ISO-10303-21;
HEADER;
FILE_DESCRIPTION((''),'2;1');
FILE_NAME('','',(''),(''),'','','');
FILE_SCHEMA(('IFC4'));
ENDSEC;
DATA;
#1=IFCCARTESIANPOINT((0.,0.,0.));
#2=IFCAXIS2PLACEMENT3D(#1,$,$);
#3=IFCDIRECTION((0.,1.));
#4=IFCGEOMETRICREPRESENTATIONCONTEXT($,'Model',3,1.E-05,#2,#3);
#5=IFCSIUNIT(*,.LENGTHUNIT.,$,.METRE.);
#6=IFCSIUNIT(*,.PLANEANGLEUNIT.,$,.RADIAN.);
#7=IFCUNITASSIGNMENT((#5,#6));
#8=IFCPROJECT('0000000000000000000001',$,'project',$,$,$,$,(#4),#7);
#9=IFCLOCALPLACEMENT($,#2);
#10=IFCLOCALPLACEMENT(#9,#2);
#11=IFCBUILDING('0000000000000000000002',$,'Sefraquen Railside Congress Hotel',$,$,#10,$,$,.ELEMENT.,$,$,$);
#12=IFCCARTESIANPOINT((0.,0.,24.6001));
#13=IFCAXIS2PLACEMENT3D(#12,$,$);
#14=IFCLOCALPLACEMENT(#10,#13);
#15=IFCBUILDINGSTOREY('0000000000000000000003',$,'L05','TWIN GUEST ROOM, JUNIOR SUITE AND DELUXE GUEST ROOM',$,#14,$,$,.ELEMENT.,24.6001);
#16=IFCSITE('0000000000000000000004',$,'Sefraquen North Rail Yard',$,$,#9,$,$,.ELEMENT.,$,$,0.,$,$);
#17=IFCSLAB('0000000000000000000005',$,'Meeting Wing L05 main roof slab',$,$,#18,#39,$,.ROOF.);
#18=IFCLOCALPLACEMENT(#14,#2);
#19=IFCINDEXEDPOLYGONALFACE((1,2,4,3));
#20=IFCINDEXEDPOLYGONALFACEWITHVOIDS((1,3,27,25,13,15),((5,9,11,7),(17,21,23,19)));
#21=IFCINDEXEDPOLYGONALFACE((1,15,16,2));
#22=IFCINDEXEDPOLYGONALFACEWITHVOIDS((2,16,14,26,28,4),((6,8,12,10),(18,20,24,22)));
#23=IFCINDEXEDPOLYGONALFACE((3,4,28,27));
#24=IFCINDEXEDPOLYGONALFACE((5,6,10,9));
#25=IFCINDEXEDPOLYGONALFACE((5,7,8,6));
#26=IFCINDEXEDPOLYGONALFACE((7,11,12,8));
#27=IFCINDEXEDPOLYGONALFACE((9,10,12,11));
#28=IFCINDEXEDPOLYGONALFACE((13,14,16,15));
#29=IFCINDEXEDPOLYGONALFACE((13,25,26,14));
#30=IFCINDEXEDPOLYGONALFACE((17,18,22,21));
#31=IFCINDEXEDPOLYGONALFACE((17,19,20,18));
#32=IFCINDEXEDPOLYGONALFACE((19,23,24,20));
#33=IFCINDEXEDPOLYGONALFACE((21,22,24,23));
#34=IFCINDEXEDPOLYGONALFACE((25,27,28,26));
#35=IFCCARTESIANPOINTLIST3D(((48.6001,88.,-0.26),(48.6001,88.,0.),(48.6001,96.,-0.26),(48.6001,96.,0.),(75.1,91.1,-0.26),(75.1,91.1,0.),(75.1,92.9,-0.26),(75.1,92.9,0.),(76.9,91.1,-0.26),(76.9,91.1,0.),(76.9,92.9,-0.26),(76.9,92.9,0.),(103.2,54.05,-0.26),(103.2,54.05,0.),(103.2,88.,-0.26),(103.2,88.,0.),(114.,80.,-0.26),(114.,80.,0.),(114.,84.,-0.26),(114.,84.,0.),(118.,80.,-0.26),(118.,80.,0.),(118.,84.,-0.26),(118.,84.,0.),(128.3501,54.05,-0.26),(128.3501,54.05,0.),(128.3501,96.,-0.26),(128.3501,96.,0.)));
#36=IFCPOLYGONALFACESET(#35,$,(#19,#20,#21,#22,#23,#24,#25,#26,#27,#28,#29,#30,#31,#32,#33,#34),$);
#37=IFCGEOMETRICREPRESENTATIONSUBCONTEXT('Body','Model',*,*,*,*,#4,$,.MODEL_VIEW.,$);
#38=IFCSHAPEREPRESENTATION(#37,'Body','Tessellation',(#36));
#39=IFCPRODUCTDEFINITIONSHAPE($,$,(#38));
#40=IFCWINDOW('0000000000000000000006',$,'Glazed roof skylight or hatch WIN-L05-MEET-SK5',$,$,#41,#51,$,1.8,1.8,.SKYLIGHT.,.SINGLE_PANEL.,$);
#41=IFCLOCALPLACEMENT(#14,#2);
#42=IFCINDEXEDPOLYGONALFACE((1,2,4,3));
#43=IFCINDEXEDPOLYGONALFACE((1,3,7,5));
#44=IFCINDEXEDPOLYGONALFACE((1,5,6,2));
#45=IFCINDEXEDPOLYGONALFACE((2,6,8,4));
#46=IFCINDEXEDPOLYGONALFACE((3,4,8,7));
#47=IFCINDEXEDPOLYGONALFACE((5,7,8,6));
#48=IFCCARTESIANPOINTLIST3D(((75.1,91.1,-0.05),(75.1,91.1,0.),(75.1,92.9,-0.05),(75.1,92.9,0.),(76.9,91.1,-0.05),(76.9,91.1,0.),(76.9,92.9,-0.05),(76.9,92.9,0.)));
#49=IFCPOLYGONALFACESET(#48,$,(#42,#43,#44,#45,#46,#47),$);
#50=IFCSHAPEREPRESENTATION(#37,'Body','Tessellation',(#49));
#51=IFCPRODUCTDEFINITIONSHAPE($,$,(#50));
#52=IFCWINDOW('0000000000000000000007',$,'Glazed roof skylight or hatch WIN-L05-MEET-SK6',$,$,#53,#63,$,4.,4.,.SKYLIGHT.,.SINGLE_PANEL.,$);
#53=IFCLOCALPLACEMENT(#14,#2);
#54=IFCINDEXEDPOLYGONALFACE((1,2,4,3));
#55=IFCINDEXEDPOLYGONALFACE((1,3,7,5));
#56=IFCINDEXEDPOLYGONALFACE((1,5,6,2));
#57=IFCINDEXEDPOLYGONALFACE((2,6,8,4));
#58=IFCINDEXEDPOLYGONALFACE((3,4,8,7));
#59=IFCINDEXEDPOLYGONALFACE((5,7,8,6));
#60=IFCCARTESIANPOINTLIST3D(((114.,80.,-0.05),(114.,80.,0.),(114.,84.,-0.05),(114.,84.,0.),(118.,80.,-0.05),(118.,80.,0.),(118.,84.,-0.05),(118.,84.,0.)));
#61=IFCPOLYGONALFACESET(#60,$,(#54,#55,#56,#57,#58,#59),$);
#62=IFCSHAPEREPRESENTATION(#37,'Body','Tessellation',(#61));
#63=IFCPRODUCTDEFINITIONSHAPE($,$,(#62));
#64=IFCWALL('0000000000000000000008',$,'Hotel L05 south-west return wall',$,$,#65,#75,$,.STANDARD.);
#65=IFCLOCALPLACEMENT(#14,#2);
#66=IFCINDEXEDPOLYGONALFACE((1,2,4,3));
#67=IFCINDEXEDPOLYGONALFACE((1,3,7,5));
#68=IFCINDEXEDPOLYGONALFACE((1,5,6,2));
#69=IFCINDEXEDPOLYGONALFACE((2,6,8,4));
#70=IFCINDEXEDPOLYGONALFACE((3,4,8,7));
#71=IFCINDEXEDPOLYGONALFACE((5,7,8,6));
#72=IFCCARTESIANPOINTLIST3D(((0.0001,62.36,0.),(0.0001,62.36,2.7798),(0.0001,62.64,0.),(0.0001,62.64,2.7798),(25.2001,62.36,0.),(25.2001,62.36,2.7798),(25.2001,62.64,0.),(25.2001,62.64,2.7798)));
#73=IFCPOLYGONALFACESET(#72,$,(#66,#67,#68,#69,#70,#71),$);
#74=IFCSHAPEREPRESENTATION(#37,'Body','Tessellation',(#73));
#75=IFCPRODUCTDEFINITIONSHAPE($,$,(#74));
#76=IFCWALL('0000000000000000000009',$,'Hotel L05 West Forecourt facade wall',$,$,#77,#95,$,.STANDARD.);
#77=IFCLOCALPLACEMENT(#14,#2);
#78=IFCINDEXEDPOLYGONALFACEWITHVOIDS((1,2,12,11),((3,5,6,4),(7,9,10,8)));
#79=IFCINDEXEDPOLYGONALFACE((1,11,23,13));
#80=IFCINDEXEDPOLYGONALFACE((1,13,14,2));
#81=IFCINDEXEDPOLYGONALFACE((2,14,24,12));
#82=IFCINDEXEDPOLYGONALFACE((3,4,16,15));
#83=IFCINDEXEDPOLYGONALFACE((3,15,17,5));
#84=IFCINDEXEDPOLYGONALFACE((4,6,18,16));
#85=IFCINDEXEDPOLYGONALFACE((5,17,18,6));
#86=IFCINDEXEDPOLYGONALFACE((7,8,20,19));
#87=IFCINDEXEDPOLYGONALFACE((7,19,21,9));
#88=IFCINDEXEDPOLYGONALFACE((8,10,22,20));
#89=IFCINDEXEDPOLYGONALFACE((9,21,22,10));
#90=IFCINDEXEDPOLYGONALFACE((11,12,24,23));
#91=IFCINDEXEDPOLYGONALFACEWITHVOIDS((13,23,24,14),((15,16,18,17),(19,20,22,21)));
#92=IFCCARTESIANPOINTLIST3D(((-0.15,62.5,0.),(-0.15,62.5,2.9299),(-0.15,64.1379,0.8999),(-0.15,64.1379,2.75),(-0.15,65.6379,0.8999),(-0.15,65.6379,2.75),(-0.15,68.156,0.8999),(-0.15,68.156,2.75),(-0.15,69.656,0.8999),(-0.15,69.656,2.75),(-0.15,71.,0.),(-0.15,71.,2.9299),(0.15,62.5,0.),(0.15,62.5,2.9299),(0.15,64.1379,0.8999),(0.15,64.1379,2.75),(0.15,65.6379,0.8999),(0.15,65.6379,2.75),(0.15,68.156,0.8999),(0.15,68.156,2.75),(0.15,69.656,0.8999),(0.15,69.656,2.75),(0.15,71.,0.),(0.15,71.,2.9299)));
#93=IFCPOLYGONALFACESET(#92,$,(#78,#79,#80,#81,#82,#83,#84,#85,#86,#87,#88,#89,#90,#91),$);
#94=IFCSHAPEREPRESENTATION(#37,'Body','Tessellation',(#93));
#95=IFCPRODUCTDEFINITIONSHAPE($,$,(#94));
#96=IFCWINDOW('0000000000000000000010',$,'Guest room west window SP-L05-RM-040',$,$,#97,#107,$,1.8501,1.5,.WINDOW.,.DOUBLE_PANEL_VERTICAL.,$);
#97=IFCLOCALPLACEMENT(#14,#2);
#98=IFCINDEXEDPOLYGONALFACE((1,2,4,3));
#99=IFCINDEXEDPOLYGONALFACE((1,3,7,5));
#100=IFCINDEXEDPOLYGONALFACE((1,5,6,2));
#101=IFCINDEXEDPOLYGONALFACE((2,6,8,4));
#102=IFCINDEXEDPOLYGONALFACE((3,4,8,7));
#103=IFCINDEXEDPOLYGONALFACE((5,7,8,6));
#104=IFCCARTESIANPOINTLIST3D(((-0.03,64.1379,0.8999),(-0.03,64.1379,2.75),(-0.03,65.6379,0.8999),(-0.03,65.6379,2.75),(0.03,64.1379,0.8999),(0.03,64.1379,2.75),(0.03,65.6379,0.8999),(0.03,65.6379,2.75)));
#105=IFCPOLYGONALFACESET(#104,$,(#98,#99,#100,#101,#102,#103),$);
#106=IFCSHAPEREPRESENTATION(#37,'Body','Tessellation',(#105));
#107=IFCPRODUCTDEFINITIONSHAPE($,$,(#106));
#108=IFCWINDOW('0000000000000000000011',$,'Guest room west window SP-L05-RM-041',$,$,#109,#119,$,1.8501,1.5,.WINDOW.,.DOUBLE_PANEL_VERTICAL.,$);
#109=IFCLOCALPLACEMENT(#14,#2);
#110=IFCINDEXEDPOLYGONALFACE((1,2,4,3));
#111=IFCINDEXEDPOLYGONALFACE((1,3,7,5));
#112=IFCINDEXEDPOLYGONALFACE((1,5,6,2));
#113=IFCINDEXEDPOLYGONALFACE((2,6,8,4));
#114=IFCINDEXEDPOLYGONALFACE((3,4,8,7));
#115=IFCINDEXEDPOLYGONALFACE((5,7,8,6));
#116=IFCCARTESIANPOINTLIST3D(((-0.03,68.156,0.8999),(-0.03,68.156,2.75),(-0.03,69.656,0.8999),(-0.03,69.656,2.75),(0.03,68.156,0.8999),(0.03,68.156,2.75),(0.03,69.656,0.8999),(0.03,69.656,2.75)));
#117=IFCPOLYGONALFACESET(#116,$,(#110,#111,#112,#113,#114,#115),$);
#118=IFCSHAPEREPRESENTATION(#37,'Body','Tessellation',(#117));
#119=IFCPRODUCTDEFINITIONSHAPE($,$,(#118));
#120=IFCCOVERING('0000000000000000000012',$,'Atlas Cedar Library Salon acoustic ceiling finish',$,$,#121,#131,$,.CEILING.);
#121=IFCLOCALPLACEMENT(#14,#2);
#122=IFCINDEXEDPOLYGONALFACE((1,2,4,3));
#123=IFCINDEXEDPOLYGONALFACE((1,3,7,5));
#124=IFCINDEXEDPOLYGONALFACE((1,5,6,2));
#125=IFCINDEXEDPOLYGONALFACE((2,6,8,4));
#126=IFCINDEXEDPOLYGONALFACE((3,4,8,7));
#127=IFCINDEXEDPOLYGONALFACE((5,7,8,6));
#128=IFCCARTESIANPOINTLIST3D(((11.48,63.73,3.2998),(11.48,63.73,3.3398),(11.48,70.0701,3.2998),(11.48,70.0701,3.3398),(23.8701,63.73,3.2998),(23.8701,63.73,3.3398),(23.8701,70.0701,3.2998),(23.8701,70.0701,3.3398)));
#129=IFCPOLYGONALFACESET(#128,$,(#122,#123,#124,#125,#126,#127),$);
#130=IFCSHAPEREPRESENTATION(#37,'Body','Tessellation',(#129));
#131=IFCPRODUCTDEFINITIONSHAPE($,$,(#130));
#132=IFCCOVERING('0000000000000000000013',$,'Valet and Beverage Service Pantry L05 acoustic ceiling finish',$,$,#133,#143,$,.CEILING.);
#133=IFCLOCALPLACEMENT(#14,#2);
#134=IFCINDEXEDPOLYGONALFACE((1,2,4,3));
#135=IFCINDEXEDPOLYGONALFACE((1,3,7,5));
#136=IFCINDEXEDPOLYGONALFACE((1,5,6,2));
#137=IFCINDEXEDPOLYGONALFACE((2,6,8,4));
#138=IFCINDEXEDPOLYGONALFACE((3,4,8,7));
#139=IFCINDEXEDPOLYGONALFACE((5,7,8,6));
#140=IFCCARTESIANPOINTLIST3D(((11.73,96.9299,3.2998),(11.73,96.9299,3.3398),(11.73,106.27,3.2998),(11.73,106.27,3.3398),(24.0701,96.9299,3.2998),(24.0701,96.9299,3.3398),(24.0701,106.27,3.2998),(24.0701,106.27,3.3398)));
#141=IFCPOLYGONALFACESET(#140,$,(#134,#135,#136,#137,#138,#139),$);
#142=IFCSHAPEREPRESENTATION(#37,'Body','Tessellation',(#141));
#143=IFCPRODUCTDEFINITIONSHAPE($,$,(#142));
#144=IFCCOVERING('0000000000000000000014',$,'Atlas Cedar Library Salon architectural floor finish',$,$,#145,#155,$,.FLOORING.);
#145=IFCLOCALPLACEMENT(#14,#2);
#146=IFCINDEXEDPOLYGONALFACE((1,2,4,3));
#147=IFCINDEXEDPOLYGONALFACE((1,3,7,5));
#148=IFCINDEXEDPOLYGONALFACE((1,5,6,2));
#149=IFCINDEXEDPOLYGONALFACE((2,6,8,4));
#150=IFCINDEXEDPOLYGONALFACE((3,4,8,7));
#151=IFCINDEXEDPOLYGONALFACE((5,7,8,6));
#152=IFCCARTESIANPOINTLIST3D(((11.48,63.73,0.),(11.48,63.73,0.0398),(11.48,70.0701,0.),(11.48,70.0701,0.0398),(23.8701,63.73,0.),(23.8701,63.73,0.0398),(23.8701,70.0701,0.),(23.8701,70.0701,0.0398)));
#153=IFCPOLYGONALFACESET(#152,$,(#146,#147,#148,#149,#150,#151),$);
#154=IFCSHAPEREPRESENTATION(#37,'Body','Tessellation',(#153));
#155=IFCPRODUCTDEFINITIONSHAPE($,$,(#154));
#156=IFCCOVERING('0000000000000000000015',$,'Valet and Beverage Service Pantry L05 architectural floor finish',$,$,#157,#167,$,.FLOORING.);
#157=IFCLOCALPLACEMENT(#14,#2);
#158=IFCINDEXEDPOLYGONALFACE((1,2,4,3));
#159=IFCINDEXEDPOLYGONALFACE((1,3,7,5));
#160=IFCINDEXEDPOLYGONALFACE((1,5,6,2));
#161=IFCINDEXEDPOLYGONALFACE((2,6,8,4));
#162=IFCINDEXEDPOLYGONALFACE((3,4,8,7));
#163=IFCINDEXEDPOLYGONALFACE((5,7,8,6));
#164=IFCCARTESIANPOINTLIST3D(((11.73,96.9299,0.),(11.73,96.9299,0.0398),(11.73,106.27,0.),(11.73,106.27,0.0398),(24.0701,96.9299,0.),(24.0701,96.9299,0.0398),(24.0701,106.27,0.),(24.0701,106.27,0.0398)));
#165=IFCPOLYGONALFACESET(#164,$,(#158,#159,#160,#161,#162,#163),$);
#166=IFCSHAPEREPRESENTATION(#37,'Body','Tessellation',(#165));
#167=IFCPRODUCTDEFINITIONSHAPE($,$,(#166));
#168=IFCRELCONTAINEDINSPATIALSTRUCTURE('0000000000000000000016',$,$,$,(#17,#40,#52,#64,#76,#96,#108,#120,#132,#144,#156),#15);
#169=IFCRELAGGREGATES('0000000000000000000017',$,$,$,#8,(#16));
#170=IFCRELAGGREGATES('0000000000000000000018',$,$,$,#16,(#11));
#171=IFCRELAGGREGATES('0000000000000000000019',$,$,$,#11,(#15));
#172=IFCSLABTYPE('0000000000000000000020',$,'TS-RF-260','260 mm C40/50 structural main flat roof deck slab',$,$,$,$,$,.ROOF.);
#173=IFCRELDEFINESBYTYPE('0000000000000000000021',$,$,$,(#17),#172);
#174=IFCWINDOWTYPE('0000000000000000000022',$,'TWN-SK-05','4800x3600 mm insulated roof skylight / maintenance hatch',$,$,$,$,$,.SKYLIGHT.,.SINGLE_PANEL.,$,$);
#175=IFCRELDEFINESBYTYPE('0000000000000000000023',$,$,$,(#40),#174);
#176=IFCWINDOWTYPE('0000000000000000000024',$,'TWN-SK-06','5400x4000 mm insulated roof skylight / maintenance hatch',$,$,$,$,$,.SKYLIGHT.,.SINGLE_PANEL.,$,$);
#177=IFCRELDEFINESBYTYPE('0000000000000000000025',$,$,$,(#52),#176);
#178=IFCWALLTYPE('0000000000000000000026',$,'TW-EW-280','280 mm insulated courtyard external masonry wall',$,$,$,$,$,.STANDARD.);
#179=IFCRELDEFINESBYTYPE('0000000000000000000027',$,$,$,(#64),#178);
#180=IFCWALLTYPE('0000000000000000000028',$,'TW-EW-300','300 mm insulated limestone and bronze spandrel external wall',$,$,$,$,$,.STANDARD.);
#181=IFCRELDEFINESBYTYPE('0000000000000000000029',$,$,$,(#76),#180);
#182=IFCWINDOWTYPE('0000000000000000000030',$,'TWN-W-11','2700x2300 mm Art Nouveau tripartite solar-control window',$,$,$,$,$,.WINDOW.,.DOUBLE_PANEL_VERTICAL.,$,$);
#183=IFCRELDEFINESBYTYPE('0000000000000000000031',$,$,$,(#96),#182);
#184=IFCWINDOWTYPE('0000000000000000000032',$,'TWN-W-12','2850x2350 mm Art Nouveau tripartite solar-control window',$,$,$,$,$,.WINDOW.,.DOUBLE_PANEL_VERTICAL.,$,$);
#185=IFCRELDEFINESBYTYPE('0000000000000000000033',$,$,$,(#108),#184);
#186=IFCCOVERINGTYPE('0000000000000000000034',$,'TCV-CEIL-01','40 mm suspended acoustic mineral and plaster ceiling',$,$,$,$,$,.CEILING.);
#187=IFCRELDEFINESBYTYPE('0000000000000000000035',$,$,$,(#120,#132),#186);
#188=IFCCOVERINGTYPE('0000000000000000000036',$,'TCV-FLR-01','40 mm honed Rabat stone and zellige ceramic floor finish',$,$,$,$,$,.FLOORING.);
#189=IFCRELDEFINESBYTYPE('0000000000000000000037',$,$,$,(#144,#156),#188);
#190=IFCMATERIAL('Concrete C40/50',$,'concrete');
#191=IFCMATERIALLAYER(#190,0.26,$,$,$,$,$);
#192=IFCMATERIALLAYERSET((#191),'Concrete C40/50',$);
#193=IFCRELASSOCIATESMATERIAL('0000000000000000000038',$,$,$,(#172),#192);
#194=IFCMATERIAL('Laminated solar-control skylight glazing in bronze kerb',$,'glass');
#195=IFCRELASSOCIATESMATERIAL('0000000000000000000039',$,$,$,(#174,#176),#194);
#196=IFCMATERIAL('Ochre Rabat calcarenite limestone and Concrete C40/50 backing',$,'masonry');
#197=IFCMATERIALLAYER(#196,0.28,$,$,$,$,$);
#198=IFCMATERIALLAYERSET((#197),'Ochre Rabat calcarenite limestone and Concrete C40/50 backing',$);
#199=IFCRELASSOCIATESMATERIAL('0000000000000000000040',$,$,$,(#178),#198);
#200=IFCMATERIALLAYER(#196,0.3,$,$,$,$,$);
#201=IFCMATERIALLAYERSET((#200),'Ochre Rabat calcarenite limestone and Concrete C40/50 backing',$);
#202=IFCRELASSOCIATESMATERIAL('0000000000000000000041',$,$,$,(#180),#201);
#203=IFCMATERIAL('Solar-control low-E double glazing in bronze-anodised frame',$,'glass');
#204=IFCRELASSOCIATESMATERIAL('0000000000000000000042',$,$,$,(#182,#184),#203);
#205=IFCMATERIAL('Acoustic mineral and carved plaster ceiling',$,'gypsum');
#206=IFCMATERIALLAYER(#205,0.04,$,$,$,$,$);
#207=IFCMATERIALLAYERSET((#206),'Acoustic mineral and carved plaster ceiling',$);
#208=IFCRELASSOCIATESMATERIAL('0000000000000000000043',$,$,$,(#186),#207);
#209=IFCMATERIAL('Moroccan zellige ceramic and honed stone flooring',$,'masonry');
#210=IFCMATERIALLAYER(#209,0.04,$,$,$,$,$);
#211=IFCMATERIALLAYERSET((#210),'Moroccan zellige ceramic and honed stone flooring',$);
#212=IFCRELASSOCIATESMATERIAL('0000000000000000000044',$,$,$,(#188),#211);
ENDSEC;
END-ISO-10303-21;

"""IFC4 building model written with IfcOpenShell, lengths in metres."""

from ifc_helpers import new_model, si_unit, direction, frame, frame_2d, origin, origin_2d, place, context, subcontext, project, spatial, polyline, rectangle, outline, extrude, material, layer, layer_set, type_object, element, fill, save


model = new_model("IFC4")

# Units and contexts
model_context = context("Model", 3, precision=1e-05, world=origin(), true_north=direction((0.0, 1.0)))
body_context = subcontext(model_context, "Body", "Model", "MODEL_VIEW")
ifc_project = project(units=[si_unit("LENGTHUNIT", "METRE"), si_unit("PLANEANGLEUNIT", "RADIAN")], contexts=[model_context])

# Site, building, storey
site_placement = place(None, origin())
site = spatial("IfcSite", under=ifc_project, at=site_placement, Name="Sefraquen North Rail Yard", CompositionType="ELEMENT", RefElevation=0.0)
building_placement = place(site_placement, origin())
building = spatial("IfcBuilding", under=site, at=building_placement, Name="Sefraquen Railside Congress Hotel", CompositionType="ELEMENT")
storey_placement = place(building_placement, frame((0.0, 0.0, 24.6001)))
storey = spatial("IfcBuildingStorey", under=building, at=storey_placement, Name="L05", Description="TWIN GUEST ROOM, JUNIOR SUITE AND DELUXE GUEST ROOM", CompositionType="ELEMENT", Elevation=24.6001)

# Shared definitions
ifc_material_1 = material(Name="Concrete C40/50", Category="concrete")

# Slab, openings, windows
ifc_layer_1 = layer(ifc_material_1, 0.26)
ifc_layer_set_1 = layer_set([ifc_layer_1], Name="Concrete C40/50")
slab_type_1 = type_object("IfcSlabType", Name="TS-RF-260", Description="260 mm C40/50 structural main flat roof deck slab", PredefinedType="ROOF", material=ifc_layer_set_1)
slab_1_placement = place(storey_placement, frame((0.0, 0.0, -0.26)))
slab_1 = element("IfcSlab", 1, at=slab_1_placement, inside=storey, type_object=slab_type_1, Name="Meeting Wing L05 main roof slab", PredefinedType="ROOF", context=body_context, shape_type="SweptSolid", body=[
    extrude(outline(polyline([(48.6001, 88.0), (103.2, 88.0), (103.2, 54.05), (128.3501, 54.05), (128.3501, 96.0), (48.6001, 96.0), (48.6001, 88.0)])), origin(), (0.0, 0.0, 1.0), 0.26),
])
opening_1_placement = place(slab_1_placement, frame((76.0, 92.0, -0.01)))
opening_1 = element("IfcOpeningElement", 2, at=opening_1_placement, cuts=slab_1, PredefinedType="OPENING", context=body_context, shape_type="SweptSolid", body=[
    extrude(rectangle(XDim=1.8, YDim=1.8, at=origin_2d()), origin(), (0.0, 0.0, 1.0), 0.28),
])
opening_2_placement = place(slab_1_placement, frame((116.0, 82.0, -0.01)))
opening_2 = element("IfcOpeningElement", 3, at=opening_2_placement, cuts=slab_1, PredefinedType="OPENING", context=body_context, shape_type="SweptSolid", body=[
    extrude(rectangle(XDim=4.0, YDim=4.0, at=origin_2d()), origin(), (0.0, 0.0, 1.0), 0.28),
])
ifc_material_2 = material(Name="Laminated solar-control skylight glazing in bronze kerb", Category="glass")
window_type_1 = type_object("IfcWindowType", Name="TWN-SK-05", Description="4800x3600 mm insulated roof skylight / maintenance hatch", PartitioningType="SINGLE_PANEL", PredefinedType="SKYLIGHT", material=ifc_material_2)
window_1_placement = place(opening_1_placement, frame((0.0, 0.0, 0.22)))
window_1 = element("IfcWindow", 4, at=window_1_placement, inside=storey, type_object=window_type_1, Name="Glazed roof skylight or hatch WIN-L05-MEET-SK5", OverallHeight=1.8, OverallWidth=1.8, PartitioningType="SINGLE_PANEL", PredefinedType="SKYLIGHT", context=body_context, shape_type="SweptSolid", body=[
    extrude(rectangle(XDim=1.8, YDim=1.8, at=origin_2d()), origin(), (0.0, 0.0, 1.0), 0.05),
])
fill(opening_1, window_1)
window_type_2 = type_object("IfcWindowType", Name="TWN-SK-06", Description="5400x4000 mm insulated roof skylight / maintenance hatch", PartitioningType="SINGLE_PANEL", PredefinedType="SKYLIGHT", material=ifc_material_2)
window_2_placement = place(opening_2_placement, frame((0.0, 0.0, 0.22)))
window_2 = element("IfcWindow", 5, at=window_2_placement, inside=storey, type_object=window_type_2, Name="Glazed roof skylight or hatch WIN-L05-MEET-SK6", OverallHeight=4.0, OverallWidth=4.0, PartitioningType="SINGLE_PANEL", PredefinedType="SKYLIGHT", context=body_context, shape_type="SweptSolid", body=[
    extrude(rectangle(XDim=4.0, YDim=4.0, at=origin_2d()), origin(), (0.0, 0.0, 1.0), 0.05),
])
fill(opening_2, window_2)

# Wall
ifc_material_3 = material(Name="Ochre Rabat calcarenite limestone and Concrete C40/50 backing", Category="masonry")
ifc_layer_2 = layer(ifc_material_3, 0.28)
ifc_layer_set_2 = layer_set([ifc_layer_2], Name="Ochre Rabat calcarenite limestone and Concrete C40/50 backing")
wall_type_1 = type_object("IfcWallType", Name="TW-EW-280", Description="280 mm insulated courtyard external masonry wall", PredefinedType="STANDARD", material=ifc_layer_set_2)
wall_1_placement = place(storey_placement, frame((0.0, 62.5, 0.0), z_axis=(0.0, 0.0, 1.0), x_axis=(1.0, 0.0, 0.0)))
element("IfcWall", 6, at=wall_1_placement, inside=storey, type_object=wall_type_1, Name="Hotel L05 south-west return wall", PredefinedType="STANDARD", context=body_context, shape_type="SweptSolid", body=[
    extrude(rectangle(XDim=25.2, YDim=0.28, at=frame_2d((12.6001, 0.0))), origin(), (0.0, 0.0, 1.0), 2.7798),
])

# Wall, openings, windows
ifc_layer_3 = layer(ifc_material_3, 0.3)
ifc_layer_set_3 = layer_set([ifc_layer_3], Name="Ochre Rabat calcarenite limestone and Concrete C40/50 backing")
wall_type_2 = type_object("IfcWallType", Name="TW-EW-300", Description="300 mm insulated limestone and bronze spandrel external wall", PredefinedType="STANDARD", material=ifc_layer_set_3)
wall_2_placement = place(storey_placement, frame((0.0, 62.5, 0.0), z_axis=(0.0, 0.0, 1.0), x_axis=(0.0, 1.0, 0.0)))
wall_2 = element("IfcWall", 7, at=wall_2_placement, inside=storey, type_object=wall_type_2, Name="Hotel L05 West Forecourt facade wall", PredefinedType="STANDARD", context=body_context, shape_type="SweptSolid", body=[
    extrude(rectangle(XDim=8.5, YDim=0.3, at=frame_2d((4.25, 0.0))), origin(), (0.0, 0.0, 1.0), 2.9299),
])
opening_3_placement = place(wall_2_placement, frame((1.6379, 0.0, 0.8999)))
opening_3 = element("IfcOpeningElement", 8, at=opening_3_placement, cuts=wall_2, PredefinedType="OPENING", context=body_context, shape_type="SweptSolid", body=[
    extrude(rectangle(XDim=1.5, YDim=1.8501, at=frame_2d((0.75, 0.925))), frame((0.0, 0.1599, 0.0), z_axis=(0.0, -1.0, 0.0), x_axis=(1.0, 0.0, 0.0)), (0.0, 0.0, 1.0), 0.3201),
])
opening_4_placement = place(wall_2_placement, frame((5.656, 0.0, 0.8999)))
opening_4 = element("IfcOpeningElement", 9, at=opening_4_placement, cuts=wall_2, PredefinedType="OPENING", context=body_context, shape_type="SweptSolid", body=[
    extrude(rectangle(XDim=1.5, YDim=1.8501, at=frame_2d((0.75, 0.925))), frame((0.0, 0.1599, 0.0), z_axis=(0.0, -1.0, 0.0), x_axis=(1.0, 0.0, 0.0)), (0.0, 0.0, 1.0), 0.3201),
])
ifc_material_4 = material(Name="Solar-control low-E double glazing in bronze-anodised frame", Category="glass")
window_type_3 = type_object("IfcWindowType", Name="TWN-W-11", Description="2700x2300 mm Art Nouveau tripartite solar-control window", PartitioningType="DOUBLE_PANEL_VERTICAL", PredefinedType="WINDOW", material=ifc_material_4)
window_3_placement = place(opening_3_placement, origin())
window_3 = element("IfcWindow", 10, at=window_3_placement, inside=storey, type_object=window_type_3, Name="Guest room west window SP-L05-RM-040", OverallHeight=1.8501, OverallWidth=1.5, PartitioningType="DOUBLE_PANEL_VERTICAL", PredefinedType="WINDOW", context=body_context, shape_type="SweptSolid", body=[
    extrude(rectangle(XDim=1.5, YDim=1.8501, at=frame_2d((0.75, 0.925))), frame((0.0, 0.03, 0.0), z_axis=(0.0, -1.0, 0.0), x_axis=(1.0, 0.0, 0.0)), (0.0, 0.0, 1.0), 0.0601),
])
fill(opening_3, window_3)
window_type_4 = type_object("IfcWindowType", Name="TWN-W-12", Description="2850x2350 mm Art Nouveau tripartite solar-control window", PartitioningType="DOUBLE_PANEL_VERTICAL", PredefinedType="WINDOW", material=ifc_material_4)
window_4_placement = place(opening_4_placement, origin())
window_4 = element("IfcWindow", 11, at=window_4_placement, inside=storey, type_object=window_type_4, Name="Guest room west window SP-L05-RM-041", OverallHeight=1.8501, OverallWidth=1.5, PartitioningType="DOUBLE_PANEL_VERTICAL", PredefinedType="WINDOW", context=body_context, shape_type="SweptSolid", body=[
    extrude(rectangle(XDim=1.5, YDim=1.8501, at=frame_2d((0.75, 0.925))), frame((0.0, 0.03, 0.0), z_axis=(0.0, -1.0, 0.0), x_axis=(1.0, 0.0, 0.0)), (0.0, 0.0, 1.0), 0.0601),
])
fill(opening_4, window_4)

# Coverings
ifc_material_5 = material(Name="Acoustic mineral and carved plaster ceiling", Category="gypsum")
ifc_layer_4 = layer(ifc_material_5, 0.04)
ifc_layer_set_4 = layer_set([ifc_layer_4], Name="Acoustic mineral and carved plaster ceiling")
covering_type_1 = type_object("IfcCoveringType", Name="TCV-CEIL-01", Description="40 mm suspended acoustic mineral and plaster ceiling", PredefinedType="CEILING", material=ifc_layer_set_4)
covering_1_placement = place(storey_placement, frame((0.0, 0.0, 3.2998)))
element("IfcCovering", 12, at=covering_1_placement, inside=storey, type_object=covering_type_1, Name="Atlas Cedar Library Salon acoustic ceiling finish", PredefinedType="CEILING", context=body_context, shape_type="SweptSolid", body=[
    extrude(outline(polyline([(11.48, 63.73), (23.8701, 63.73), (23.8701, 70.0701), (11.48, 70.0701), (11.48, 63.73)])), origin(), (0.0, 0.0, 1.0), 0.04),
])
covering_2_placement = place(storey_placement, frame((0.0, 0.0, 3.2998)))
element("IfcCovering", 13, at=covering_2_placement, inside=storey, type_object=covering_type_1, Name="Valet and Beverage Service Pantry L05 acoustic ceiling finish", PredefinedType="CEILING", context=body_context, shape_type="SweptSolid", body=[
    extrude(outline(polyline([(11.73, 96.9299), (24.0701, 96.9299), (24.0701, 106.27), (11.73, 106.27), (11.73, 96.9299)])), origin(), (0.0, 0.0, 1.0), 0.04),
])
ifc_material_6 = material(Name="Moroccan zellige ceramic and honed stone flooring", Category="masonry")
ifc_layer_5 = layer(ifc_material_6, 0.04)
ifc_layer_set_5 = layer_set([ifc_layer_5], Name="Moroccan zellige ceramic and honed stone flooring")
covering_type_2 = type_object("IfcCoveringType", Name="TCV-FLR-01", Description="40 mm honed Rabat stone and zellige ceramic floor finish", PredefinedType="FLOORING", material=ifc_layer_set_5)
covering_3_placement = place(storey_placement, origin())
element("IfcCovering", 14, at=covering_3_placement, inside=storey, type_object=covering_type_2, Name="Atlas Cedar Library Salon architectural floor finish", PredefinedType="FLOORING", context=body_context, shape_type="SweptSolid", body=[
    extrude(outline(polyline([(11.48, 63.73), (23.8701, 63.73), (23.8701, 70.0701), (11.48, 70.0701), (11.48, 63.73)])), origin(), (0.0, 0.0, 1.0), 0.0398),
])
covering_4_placement = place(storey_placement, origin())
element("IfcCovering", 15, at=covering_4_placement, inside=storey, type_object=covering_type_2, Name="Valet and Beverage Service Pantry L05 architectural floor finish", PredefinedType="FLOORING", context=body_context, shape_type="SweptSolid", body=[
    extrude(outline(polyline([(11.73, 96.9299), (24.0701, 96.9299), (24.0701, 106.27), (11.73, 106.27), (11.73, 96.9299)])), origin(), (0.0, 0.0, 1.0), 0.0398),
])

save(model, "model.ifc")
